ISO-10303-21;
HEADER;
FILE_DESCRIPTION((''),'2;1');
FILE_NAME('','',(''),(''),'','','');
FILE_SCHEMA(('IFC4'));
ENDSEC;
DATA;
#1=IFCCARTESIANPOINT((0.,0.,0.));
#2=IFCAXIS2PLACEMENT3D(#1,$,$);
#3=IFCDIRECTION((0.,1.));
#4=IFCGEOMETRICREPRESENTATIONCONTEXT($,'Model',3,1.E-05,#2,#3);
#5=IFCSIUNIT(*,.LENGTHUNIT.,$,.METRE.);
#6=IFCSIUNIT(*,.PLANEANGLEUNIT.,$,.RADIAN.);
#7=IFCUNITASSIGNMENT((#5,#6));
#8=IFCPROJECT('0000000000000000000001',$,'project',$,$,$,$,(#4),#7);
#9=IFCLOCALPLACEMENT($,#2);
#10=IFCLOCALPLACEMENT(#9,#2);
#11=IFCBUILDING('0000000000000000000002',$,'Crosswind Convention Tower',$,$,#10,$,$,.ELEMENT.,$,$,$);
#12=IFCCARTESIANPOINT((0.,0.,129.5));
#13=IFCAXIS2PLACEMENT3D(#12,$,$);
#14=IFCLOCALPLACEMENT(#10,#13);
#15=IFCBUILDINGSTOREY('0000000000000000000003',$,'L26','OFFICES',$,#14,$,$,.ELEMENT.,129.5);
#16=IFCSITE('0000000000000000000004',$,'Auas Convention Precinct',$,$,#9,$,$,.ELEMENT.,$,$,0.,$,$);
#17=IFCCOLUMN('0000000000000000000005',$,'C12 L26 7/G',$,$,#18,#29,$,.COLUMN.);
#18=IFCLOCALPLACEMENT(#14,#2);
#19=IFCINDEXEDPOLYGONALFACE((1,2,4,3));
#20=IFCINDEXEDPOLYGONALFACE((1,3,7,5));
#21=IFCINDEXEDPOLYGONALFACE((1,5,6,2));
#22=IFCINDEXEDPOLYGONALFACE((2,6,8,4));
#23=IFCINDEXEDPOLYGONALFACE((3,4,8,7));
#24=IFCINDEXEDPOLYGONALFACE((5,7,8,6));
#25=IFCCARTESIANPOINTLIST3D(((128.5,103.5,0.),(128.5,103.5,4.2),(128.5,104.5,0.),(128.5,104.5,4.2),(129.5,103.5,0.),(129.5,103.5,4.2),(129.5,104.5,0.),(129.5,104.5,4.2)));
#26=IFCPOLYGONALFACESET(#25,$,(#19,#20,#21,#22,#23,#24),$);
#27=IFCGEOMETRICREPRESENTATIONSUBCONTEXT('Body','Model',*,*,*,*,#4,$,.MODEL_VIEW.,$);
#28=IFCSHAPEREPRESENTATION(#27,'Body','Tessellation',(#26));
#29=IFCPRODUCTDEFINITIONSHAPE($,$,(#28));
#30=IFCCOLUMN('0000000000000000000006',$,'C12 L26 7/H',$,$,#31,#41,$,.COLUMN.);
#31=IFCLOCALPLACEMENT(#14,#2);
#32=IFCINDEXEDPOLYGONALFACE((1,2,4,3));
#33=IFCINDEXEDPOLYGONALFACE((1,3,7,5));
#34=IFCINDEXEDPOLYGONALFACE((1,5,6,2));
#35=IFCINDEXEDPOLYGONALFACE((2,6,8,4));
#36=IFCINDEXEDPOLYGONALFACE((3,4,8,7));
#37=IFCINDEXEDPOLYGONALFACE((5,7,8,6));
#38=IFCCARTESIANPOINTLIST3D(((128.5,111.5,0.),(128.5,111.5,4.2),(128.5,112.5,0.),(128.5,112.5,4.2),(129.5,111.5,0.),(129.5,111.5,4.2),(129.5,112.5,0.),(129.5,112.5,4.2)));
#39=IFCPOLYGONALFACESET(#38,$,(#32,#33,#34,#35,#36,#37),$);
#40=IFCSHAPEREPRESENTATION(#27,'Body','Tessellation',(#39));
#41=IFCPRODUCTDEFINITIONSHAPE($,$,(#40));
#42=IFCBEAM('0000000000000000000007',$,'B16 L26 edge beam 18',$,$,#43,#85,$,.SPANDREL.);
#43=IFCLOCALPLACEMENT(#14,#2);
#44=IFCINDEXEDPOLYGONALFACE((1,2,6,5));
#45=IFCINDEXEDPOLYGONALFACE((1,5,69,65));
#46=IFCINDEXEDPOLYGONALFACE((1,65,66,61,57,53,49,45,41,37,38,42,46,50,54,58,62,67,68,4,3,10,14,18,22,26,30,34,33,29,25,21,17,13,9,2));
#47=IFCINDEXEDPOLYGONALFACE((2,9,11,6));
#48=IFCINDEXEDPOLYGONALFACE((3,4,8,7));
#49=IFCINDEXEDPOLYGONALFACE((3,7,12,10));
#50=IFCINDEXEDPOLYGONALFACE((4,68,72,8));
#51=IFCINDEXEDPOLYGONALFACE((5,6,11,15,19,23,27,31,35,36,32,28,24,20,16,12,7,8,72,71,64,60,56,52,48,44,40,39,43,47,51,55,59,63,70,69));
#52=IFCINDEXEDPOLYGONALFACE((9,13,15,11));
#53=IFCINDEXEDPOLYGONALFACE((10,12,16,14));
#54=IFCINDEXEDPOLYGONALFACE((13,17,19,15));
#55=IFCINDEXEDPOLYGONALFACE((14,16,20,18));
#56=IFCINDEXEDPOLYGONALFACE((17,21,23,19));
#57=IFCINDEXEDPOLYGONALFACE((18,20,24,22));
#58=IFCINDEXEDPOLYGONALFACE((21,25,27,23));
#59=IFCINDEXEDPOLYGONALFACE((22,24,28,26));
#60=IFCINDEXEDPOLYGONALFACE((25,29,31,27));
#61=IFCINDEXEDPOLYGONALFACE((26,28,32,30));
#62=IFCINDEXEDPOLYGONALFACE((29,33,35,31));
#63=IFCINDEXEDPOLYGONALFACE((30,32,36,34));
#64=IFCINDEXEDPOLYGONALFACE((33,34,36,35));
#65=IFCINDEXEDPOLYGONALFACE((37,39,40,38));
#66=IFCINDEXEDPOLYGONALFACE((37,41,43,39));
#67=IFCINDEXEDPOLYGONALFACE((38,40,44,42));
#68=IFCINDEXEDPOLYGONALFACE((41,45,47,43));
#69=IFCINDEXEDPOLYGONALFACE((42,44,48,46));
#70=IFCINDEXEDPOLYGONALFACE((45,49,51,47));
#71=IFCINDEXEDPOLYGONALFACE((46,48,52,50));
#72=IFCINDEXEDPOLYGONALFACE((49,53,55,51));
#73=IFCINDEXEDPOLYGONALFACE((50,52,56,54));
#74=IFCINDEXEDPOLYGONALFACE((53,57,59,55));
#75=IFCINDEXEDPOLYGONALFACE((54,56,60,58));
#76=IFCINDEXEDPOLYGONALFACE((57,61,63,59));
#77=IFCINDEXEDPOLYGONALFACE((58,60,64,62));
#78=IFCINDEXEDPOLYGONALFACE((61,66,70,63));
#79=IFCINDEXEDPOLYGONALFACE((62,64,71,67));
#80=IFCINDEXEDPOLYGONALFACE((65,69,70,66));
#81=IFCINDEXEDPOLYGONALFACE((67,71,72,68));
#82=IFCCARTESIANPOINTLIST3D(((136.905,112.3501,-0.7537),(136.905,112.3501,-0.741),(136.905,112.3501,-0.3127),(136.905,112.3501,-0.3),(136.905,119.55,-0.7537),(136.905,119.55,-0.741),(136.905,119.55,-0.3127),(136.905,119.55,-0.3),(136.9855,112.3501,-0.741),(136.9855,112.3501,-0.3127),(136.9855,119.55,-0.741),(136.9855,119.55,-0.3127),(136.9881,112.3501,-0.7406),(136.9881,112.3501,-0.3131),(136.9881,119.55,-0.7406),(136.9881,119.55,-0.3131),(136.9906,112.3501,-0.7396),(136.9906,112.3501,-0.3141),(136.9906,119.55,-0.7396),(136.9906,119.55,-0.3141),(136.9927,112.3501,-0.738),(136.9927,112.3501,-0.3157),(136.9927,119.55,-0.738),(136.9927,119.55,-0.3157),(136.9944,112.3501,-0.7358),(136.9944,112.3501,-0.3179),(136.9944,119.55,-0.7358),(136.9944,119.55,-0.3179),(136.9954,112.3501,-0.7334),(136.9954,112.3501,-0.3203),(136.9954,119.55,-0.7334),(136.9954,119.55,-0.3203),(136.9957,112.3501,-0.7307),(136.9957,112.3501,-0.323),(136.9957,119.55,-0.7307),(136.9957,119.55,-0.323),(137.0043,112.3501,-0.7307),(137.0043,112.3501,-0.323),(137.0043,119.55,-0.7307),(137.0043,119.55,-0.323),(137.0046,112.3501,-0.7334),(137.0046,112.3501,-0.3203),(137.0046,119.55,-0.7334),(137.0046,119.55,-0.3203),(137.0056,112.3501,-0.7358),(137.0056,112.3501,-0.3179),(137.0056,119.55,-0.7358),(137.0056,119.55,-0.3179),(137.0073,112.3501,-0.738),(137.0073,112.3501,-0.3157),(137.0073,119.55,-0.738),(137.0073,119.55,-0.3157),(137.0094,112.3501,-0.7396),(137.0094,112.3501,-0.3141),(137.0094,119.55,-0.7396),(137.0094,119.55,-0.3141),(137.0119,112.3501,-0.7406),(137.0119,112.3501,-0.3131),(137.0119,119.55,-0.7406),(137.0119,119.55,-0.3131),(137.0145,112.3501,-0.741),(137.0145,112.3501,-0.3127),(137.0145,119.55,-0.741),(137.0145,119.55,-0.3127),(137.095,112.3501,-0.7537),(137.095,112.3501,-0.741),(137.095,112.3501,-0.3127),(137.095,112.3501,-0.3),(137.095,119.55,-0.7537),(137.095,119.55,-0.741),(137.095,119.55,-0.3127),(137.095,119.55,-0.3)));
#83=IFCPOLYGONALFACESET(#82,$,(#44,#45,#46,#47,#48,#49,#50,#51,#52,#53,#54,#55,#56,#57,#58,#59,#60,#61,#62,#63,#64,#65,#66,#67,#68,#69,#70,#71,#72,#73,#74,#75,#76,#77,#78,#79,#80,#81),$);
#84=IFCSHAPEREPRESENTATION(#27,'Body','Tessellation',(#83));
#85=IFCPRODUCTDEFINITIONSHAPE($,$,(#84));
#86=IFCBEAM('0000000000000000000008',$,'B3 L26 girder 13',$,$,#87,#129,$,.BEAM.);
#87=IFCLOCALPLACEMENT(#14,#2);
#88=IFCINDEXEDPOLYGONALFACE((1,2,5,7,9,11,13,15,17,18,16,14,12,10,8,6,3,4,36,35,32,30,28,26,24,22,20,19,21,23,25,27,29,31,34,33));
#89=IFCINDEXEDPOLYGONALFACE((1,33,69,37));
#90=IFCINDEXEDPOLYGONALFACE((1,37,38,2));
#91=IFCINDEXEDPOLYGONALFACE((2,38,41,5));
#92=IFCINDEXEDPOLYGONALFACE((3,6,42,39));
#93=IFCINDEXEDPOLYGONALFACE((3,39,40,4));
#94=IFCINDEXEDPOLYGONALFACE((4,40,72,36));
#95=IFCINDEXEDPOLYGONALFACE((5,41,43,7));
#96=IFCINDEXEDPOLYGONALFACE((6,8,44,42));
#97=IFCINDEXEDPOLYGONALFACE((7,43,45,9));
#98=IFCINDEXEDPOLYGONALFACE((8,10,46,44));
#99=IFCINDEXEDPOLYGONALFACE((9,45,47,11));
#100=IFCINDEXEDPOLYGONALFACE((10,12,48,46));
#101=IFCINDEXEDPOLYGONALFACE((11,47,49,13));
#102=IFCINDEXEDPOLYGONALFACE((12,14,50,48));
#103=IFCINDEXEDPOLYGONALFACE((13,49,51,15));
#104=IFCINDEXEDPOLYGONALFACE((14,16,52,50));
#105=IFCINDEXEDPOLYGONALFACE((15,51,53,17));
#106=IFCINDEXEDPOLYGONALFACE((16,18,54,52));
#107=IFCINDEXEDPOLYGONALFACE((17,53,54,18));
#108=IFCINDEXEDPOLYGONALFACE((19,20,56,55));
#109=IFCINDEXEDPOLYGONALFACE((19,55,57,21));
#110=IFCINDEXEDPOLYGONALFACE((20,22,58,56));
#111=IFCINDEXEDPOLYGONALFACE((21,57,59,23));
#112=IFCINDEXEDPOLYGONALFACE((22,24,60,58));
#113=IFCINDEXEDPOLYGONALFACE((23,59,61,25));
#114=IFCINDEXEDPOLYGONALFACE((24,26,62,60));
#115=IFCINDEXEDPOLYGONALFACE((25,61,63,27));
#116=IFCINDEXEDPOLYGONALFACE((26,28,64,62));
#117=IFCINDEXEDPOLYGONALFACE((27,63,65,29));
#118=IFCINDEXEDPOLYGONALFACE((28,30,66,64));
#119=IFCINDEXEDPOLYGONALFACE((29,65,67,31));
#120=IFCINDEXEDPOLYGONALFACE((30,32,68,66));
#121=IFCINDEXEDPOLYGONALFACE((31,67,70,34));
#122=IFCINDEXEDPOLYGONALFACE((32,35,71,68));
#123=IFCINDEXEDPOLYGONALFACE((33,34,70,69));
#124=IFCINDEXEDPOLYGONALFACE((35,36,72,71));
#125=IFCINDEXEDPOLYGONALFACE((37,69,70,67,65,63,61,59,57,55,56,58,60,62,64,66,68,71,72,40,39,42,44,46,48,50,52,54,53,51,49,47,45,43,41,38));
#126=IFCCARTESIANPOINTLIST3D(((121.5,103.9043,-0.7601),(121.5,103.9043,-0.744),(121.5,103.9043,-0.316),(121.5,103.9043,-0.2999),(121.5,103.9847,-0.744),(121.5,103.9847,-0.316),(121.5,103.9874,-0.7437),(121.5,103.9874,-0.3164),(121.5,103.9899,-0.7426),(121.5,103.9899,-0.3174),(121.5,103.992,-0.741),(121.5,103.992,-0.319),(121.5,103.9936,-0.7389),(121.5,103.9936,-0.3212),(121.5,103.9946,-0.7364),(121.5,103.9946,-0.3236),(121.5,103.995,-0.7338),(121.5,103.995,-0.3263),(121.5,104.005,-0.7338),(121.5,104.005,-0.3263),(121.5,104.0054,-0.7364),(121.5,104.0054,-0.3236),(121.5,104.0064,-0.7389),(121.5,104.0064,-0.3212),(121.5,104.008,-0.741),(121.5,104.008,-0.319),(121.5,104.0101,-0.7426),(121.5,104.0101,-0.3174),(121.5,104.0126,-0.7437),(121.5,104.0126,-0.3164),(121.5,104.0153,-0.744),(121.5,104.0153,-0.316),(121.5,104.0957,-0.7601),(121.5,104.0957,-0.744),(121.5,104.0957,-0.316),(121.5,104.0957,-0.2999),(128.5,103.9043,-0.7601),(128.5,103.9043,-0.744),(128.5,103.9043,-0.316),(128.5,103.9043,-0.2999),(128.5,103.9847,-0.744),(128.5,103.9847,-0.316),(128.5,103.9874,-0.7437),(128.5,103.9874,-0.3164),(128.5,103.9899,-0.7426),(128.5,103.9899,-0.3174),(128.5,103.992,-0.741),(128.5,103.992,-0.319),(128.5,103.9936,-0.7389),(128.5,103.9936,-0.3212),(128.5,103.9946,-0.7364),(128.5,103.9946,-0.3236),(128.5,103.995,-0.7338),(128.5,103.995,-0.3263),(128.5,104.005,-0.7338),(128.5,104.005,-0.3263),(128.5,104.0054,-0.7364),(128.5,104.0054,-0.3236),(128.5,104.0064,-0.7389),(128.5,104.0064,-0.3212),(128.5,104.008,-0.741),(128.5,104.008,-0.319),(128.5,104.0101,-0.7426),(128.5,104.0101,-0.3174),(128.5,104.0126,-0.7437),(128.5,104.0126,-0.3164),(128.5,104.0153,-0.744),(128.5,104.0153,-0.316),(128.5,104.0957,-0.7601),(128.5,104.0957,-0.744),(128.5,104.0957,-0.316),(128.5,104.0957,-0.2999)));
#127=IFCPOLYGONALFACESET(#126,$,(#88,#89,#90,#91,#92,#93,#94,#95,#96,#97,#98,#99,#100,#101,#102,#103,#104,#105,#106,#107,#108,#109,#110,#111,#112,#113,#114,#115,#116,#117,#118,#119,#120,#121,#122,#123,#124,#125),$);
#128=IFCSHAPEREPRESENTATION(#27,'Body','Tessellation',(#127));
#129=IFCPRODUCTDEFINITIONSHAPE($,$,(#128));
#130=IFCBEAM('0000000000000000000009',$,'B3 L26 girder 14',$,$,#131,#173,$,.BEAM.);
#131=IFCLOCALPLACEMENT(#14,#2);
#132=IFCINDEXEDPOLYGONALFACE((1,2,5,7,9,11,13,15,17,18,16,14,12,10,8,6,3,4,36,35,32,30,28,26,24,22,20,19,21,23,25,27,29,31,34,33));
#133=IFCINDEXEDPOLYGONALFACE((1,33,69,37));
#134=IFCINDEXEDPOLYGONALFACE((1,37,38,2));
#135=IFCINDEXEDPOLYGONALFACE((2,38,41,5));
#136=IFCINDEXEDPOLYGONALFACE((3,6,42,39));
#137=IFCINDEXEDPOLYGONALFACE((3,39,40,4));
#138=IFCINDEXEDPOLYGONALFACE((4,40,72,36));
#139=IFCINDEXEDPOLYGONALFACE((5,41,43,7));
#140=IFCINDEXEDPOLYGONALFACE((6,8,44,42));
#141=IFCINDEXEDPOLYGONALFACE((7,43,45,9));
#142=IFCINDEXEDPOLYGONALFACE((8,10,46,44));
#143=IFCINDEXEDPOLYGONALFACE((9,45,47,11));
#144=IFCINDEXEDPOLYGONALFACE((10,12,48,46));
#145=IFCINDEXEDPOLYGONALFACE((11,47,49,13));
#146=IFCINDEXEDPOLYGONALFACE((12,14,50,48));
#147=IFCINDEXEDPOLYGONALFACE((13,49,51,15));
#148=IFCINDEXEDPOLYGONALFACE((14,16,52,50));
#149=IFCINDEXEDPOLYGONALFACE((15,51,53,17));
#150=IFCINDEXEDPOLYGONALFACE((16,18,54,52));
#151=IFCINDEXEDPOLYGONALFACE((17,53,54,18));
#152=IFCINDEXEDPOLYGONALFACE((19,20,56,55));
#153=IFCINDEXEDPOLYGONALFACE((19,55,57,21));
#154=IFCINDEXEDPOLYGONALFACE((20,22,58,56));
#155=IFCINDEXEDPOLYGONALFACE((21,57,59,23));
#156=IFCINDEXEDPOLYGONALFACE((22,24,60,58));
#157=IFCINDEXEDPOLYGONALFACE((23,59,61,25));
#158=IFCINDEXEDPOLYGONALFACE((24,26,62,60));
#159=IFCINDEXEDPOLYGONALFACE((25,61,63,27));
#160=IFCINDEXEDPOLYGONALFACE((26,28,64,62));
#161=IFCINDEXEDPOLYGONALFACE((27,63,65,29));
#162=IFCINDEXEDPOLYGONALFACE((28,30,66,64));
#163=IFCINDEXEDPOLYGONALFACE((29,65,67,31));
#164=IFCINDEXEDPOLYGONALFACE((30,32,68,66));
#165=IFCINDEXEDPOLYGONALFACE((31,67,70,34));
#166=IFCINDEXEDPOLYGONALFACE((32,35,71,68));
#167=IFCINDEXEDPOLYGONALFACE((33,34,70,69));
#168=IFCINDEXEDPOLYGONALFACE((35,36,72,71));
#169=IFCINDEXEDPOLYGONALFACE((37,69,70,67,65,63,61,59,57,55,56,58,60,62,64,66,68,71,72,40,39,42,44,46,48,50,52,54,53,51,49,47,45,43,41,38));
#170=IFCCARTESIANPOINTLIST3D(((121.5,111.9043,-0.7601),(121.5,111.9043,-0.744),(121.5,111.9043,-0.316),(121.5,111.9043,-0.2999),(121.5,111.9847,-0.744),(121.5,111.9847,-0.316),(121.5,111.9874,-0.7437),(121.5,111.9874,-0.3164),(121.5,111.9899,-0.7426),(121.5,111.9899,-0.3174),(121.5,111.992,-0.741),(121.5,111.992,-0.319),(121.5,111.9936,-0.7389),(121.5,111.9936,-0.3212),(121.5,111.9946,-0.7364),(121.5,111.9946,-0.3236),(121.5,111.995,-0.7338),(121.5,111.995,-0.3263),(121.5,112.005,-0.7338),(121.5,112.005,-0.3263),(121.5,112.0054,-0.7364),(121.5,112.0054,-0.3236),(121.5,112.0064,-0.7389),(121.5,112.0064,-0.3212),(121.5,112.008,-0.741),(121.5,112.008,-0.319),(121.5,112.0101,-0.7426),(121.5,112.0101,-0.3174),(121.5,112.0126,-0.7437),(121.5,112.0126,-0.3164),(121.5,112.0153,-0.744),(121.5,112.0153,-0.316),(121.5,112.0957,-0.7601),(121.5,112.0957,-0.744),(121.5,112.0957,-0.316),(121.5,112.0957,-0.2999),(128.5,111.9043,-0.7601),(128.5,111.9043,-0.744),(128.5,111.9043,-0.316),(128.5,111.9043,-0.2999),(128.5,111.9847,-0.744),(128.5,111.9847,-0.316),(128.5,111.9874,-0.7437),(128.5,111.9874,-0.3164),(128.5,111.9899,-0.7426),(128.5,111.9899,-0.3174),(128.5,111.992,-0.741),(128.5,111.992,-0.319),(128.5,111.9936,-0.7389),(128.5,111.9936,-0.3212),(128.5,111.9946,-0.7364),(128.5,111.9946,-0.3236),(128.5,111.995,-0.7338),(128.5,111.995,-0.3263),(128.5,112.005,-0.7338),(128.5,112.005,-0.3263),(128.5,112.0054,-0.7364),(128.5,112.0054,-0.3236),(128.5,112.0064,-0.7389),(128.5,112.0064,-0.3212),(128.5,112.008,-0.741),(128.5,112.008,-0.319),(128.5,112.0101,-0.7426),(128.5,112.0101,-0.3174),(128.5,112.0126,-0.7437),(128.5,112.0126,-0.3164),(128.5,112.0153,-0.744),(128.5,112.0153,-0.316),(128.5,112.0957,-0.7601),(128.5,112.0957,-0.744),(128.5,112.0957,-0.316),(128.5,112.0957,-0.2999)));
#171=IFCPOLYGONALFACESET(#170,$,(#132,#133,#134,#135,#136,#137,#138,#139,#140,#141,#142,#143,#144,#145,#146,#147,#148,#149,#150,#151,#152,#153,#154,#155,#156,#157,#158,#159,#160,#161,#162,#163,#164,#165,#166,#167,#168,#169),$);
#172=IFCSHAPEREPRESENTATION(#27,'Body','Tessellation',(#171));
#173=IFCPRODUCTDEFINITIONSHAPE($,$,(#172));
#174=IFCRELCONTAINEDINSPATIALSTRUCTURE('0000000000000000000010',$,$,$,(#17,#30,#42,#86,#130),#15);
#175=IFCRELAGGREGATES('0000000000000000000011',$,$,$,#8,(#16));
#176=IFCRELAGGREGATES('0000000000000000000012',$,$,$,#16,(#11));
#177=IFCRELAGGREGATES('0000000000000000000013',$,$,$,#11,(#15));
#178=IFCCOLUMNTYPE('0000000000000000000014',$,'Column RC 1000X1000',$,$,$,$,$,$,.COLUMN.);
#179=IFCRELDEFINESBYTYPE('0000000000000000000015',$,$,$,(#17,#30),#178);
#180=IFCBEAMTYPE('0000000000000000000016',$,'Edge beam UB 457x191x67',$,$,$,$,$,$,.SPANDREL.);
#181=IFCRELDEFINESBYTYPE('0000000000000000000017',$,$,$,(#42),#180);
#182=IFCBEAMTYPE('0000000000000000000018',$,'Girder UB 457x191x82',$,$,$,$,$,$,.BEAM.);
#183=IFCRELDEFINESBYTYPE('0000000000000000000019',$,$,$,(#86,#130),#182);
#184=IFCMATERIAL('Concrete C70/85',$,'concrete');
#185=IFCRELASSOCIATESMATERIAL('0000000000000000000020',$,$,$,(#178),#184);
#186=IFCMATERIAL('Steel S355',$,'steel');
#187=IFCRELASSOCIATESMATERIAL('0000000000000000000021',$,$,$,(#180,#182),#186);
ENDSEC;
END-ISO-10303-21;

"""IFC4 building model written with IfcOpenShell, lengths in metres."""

from ifc_helpers import new_model, si_unit, direction, frame, origin, origin_2d, place, context, subcontext, project, spatial, rectangle, i_section, extrude, material, material_profile, profile_set, type_object, element, save


model = new_model("IFC4")

# Units and contexts
model_context = context("Model", 3, precision=1e-05, world=origin(), true_north=direction((0.0, 1.0)))
body_context = subcontext(model_context, "Body", "Model", "MODEL_VIEW")
ifc_project = project(units=[si_unit("LENGTHUNIT", "METRE"), si_unit("PLANEANGLEUNIT", "RADIAN")], contexts=[model_context])

# Site, building, storey
site_placement = place(None, origin())
site = spatial("IfcSite", under=ifc_project, at=site_placement, Name="Auas Convention Precinct", CompositionType="ELEMENT", RefElevation=0.0)
building_placement = place(site_placement, origin())
building = spatial("IfcBuilding", under=site, at=building_placement, Name="Crosswind Convention Tower", CompositionType="ELEMENT")
storey_placement = place(building_placement, frame((0.0, 0.0, 129.5)))
storey = spatial("IfcBuildingStorey", under=building, at=storey_placement, Name="L26", Description="OFFICES", CompositionType="ELEMENT", Elevation=129.5)

# Columns
ifc_material_1 = material(Name="Concrete C70/85", Category="concrete")
ifc_material_profile_1 = material_profile(ifc_material_1, rectangle(XDim=1.0, YDim=1.0, at=origin_2d()), Name="RC 1000X1000")
ifc_profile_set_1 = profile_set([ifc_material_profile_1], Name="Concrete C70/85")
column_type = type_object("IfcColumnType", Name="Column RC 1000X1000", PredefinedType="COLUMN", material=ifc_profile_set_1)
for number, where, z_axis, x_axis, name in (
    (1, (129.0, 104.0, 0.0), (0.0, 0.0, 1.0), (1.0, 0.0, 0.0), "C12 L26 7/G"),
    (2, (129.0, 112.0, 0.0), (0.0, 0.0, 1.0), (1.0, 0.0, 0.0), "C12 L26 7/H"),
):
    element("IfcColumn", number, at=place(storey_placement, frame(where, z_axis=z_axis, x_axis=x_axis)), inside=storey, type_object=column_type, Name=name, PredefinedType="COLUMN", context=body_context, shape_type="SweptSolid", body=[
        extrude(rectangle(XDim=1.0, YDim=1.0, at=origin_2d()), origin(), (0.0, 0.0, 1.0), 4.2),
    ])

# Beams
ifc_material_2 = material(Name="Steel S355", Category="steel")
ifc_material_profile_2 = material_profile(ifc_material_2, i_section(OverallWidth=0.1899, OverallDepth=0.4536, WebThickness=0.0085, FlangeThickness=0.0127, FilletRadius=0.0103, at=origin_2d()), Name="UB 457x191x67")
ifc_profile_set_2 = profile_set([ifc_material_profile_2], Name="Steel S355")
beam_type_1 = type_object("IfcBeamType", Name="Edge beam UB 457x191x67", PredefinedType="SPANDREL", material=ifc_profile_set_2)
beam_1_placement = place(storey_placement, frame((137.0, 112.3501, -0.5269), z_axis=(0.0, 1.0, 0.0), x_axis=(-1.0, 0.0, 0.0)))
element("IfcBeam", 3, at=beam_1_placement, inside=storey, type_object=beam_type_1, Name="B16 L26 edge beam 18", PredefinedType="SPANDREL", context=body_context, shape_type="SweptSolid", body=[
    extrude(i_section(OverallWidth=0.1899, OverallDepth=0.4536, WebThickness=0.0085, FlangeThickness=0.0127, FilletRadius=0.0103, at=origin_2d()), origin(), (0.0, 0.0, 1.0), 7.2),
])
ifc_material_profile_3 = material_profile(ifc_material_2, i_section(OverallWidth=0.1914, OverallDepth=0.4602, WebThickness=0.01, FlangeThickness=0.0161, FilletRadius=0.0103, at=origin_2d()), Name="UB 457x191x82")
ifc_profile_set_3 = profile_set([ifc_material_profile_3], Name="Steel S355")
beam_type_2 = type_object("IfcBeamType", Name="Girder UB 457x191x82", PredefinedType="BEAM", material=ifc_profile_set_3)
for number, where, z_axis, x_axis, name in (
    (4, (121.5, 104.0, -0.53), (1.0, 0.0, 0.0), (0.0, 1.0, 0.0), "B3 L26 girder 13"),
    (5, (121.5, 112.0, -0.53), (1.0, 0.0, 0.0), (0.0, 1.0, 0.0), "B3 L26 girder 14"),
):
    element("IfcBeam", number, at=place(storey_placement, frame(where, z_axis=z_axis, x_axis=x_axis)), inside=storey, type_object=beam_type_2, Name=name, PredefinedType="BEAM", context=body_context, shape_type="SweptSolid", body=[
        extrude(i_section(OverallWidth=0.1914, OverallDepth=0.4602, WebThickness=0.01, FlangeThickness=0.0161, FilletRadius=0.0103, at=origin_2d()), origin(), (0.0, 0.0, 1.0), 7.0),
    ])

save(model, "model.ifc")
